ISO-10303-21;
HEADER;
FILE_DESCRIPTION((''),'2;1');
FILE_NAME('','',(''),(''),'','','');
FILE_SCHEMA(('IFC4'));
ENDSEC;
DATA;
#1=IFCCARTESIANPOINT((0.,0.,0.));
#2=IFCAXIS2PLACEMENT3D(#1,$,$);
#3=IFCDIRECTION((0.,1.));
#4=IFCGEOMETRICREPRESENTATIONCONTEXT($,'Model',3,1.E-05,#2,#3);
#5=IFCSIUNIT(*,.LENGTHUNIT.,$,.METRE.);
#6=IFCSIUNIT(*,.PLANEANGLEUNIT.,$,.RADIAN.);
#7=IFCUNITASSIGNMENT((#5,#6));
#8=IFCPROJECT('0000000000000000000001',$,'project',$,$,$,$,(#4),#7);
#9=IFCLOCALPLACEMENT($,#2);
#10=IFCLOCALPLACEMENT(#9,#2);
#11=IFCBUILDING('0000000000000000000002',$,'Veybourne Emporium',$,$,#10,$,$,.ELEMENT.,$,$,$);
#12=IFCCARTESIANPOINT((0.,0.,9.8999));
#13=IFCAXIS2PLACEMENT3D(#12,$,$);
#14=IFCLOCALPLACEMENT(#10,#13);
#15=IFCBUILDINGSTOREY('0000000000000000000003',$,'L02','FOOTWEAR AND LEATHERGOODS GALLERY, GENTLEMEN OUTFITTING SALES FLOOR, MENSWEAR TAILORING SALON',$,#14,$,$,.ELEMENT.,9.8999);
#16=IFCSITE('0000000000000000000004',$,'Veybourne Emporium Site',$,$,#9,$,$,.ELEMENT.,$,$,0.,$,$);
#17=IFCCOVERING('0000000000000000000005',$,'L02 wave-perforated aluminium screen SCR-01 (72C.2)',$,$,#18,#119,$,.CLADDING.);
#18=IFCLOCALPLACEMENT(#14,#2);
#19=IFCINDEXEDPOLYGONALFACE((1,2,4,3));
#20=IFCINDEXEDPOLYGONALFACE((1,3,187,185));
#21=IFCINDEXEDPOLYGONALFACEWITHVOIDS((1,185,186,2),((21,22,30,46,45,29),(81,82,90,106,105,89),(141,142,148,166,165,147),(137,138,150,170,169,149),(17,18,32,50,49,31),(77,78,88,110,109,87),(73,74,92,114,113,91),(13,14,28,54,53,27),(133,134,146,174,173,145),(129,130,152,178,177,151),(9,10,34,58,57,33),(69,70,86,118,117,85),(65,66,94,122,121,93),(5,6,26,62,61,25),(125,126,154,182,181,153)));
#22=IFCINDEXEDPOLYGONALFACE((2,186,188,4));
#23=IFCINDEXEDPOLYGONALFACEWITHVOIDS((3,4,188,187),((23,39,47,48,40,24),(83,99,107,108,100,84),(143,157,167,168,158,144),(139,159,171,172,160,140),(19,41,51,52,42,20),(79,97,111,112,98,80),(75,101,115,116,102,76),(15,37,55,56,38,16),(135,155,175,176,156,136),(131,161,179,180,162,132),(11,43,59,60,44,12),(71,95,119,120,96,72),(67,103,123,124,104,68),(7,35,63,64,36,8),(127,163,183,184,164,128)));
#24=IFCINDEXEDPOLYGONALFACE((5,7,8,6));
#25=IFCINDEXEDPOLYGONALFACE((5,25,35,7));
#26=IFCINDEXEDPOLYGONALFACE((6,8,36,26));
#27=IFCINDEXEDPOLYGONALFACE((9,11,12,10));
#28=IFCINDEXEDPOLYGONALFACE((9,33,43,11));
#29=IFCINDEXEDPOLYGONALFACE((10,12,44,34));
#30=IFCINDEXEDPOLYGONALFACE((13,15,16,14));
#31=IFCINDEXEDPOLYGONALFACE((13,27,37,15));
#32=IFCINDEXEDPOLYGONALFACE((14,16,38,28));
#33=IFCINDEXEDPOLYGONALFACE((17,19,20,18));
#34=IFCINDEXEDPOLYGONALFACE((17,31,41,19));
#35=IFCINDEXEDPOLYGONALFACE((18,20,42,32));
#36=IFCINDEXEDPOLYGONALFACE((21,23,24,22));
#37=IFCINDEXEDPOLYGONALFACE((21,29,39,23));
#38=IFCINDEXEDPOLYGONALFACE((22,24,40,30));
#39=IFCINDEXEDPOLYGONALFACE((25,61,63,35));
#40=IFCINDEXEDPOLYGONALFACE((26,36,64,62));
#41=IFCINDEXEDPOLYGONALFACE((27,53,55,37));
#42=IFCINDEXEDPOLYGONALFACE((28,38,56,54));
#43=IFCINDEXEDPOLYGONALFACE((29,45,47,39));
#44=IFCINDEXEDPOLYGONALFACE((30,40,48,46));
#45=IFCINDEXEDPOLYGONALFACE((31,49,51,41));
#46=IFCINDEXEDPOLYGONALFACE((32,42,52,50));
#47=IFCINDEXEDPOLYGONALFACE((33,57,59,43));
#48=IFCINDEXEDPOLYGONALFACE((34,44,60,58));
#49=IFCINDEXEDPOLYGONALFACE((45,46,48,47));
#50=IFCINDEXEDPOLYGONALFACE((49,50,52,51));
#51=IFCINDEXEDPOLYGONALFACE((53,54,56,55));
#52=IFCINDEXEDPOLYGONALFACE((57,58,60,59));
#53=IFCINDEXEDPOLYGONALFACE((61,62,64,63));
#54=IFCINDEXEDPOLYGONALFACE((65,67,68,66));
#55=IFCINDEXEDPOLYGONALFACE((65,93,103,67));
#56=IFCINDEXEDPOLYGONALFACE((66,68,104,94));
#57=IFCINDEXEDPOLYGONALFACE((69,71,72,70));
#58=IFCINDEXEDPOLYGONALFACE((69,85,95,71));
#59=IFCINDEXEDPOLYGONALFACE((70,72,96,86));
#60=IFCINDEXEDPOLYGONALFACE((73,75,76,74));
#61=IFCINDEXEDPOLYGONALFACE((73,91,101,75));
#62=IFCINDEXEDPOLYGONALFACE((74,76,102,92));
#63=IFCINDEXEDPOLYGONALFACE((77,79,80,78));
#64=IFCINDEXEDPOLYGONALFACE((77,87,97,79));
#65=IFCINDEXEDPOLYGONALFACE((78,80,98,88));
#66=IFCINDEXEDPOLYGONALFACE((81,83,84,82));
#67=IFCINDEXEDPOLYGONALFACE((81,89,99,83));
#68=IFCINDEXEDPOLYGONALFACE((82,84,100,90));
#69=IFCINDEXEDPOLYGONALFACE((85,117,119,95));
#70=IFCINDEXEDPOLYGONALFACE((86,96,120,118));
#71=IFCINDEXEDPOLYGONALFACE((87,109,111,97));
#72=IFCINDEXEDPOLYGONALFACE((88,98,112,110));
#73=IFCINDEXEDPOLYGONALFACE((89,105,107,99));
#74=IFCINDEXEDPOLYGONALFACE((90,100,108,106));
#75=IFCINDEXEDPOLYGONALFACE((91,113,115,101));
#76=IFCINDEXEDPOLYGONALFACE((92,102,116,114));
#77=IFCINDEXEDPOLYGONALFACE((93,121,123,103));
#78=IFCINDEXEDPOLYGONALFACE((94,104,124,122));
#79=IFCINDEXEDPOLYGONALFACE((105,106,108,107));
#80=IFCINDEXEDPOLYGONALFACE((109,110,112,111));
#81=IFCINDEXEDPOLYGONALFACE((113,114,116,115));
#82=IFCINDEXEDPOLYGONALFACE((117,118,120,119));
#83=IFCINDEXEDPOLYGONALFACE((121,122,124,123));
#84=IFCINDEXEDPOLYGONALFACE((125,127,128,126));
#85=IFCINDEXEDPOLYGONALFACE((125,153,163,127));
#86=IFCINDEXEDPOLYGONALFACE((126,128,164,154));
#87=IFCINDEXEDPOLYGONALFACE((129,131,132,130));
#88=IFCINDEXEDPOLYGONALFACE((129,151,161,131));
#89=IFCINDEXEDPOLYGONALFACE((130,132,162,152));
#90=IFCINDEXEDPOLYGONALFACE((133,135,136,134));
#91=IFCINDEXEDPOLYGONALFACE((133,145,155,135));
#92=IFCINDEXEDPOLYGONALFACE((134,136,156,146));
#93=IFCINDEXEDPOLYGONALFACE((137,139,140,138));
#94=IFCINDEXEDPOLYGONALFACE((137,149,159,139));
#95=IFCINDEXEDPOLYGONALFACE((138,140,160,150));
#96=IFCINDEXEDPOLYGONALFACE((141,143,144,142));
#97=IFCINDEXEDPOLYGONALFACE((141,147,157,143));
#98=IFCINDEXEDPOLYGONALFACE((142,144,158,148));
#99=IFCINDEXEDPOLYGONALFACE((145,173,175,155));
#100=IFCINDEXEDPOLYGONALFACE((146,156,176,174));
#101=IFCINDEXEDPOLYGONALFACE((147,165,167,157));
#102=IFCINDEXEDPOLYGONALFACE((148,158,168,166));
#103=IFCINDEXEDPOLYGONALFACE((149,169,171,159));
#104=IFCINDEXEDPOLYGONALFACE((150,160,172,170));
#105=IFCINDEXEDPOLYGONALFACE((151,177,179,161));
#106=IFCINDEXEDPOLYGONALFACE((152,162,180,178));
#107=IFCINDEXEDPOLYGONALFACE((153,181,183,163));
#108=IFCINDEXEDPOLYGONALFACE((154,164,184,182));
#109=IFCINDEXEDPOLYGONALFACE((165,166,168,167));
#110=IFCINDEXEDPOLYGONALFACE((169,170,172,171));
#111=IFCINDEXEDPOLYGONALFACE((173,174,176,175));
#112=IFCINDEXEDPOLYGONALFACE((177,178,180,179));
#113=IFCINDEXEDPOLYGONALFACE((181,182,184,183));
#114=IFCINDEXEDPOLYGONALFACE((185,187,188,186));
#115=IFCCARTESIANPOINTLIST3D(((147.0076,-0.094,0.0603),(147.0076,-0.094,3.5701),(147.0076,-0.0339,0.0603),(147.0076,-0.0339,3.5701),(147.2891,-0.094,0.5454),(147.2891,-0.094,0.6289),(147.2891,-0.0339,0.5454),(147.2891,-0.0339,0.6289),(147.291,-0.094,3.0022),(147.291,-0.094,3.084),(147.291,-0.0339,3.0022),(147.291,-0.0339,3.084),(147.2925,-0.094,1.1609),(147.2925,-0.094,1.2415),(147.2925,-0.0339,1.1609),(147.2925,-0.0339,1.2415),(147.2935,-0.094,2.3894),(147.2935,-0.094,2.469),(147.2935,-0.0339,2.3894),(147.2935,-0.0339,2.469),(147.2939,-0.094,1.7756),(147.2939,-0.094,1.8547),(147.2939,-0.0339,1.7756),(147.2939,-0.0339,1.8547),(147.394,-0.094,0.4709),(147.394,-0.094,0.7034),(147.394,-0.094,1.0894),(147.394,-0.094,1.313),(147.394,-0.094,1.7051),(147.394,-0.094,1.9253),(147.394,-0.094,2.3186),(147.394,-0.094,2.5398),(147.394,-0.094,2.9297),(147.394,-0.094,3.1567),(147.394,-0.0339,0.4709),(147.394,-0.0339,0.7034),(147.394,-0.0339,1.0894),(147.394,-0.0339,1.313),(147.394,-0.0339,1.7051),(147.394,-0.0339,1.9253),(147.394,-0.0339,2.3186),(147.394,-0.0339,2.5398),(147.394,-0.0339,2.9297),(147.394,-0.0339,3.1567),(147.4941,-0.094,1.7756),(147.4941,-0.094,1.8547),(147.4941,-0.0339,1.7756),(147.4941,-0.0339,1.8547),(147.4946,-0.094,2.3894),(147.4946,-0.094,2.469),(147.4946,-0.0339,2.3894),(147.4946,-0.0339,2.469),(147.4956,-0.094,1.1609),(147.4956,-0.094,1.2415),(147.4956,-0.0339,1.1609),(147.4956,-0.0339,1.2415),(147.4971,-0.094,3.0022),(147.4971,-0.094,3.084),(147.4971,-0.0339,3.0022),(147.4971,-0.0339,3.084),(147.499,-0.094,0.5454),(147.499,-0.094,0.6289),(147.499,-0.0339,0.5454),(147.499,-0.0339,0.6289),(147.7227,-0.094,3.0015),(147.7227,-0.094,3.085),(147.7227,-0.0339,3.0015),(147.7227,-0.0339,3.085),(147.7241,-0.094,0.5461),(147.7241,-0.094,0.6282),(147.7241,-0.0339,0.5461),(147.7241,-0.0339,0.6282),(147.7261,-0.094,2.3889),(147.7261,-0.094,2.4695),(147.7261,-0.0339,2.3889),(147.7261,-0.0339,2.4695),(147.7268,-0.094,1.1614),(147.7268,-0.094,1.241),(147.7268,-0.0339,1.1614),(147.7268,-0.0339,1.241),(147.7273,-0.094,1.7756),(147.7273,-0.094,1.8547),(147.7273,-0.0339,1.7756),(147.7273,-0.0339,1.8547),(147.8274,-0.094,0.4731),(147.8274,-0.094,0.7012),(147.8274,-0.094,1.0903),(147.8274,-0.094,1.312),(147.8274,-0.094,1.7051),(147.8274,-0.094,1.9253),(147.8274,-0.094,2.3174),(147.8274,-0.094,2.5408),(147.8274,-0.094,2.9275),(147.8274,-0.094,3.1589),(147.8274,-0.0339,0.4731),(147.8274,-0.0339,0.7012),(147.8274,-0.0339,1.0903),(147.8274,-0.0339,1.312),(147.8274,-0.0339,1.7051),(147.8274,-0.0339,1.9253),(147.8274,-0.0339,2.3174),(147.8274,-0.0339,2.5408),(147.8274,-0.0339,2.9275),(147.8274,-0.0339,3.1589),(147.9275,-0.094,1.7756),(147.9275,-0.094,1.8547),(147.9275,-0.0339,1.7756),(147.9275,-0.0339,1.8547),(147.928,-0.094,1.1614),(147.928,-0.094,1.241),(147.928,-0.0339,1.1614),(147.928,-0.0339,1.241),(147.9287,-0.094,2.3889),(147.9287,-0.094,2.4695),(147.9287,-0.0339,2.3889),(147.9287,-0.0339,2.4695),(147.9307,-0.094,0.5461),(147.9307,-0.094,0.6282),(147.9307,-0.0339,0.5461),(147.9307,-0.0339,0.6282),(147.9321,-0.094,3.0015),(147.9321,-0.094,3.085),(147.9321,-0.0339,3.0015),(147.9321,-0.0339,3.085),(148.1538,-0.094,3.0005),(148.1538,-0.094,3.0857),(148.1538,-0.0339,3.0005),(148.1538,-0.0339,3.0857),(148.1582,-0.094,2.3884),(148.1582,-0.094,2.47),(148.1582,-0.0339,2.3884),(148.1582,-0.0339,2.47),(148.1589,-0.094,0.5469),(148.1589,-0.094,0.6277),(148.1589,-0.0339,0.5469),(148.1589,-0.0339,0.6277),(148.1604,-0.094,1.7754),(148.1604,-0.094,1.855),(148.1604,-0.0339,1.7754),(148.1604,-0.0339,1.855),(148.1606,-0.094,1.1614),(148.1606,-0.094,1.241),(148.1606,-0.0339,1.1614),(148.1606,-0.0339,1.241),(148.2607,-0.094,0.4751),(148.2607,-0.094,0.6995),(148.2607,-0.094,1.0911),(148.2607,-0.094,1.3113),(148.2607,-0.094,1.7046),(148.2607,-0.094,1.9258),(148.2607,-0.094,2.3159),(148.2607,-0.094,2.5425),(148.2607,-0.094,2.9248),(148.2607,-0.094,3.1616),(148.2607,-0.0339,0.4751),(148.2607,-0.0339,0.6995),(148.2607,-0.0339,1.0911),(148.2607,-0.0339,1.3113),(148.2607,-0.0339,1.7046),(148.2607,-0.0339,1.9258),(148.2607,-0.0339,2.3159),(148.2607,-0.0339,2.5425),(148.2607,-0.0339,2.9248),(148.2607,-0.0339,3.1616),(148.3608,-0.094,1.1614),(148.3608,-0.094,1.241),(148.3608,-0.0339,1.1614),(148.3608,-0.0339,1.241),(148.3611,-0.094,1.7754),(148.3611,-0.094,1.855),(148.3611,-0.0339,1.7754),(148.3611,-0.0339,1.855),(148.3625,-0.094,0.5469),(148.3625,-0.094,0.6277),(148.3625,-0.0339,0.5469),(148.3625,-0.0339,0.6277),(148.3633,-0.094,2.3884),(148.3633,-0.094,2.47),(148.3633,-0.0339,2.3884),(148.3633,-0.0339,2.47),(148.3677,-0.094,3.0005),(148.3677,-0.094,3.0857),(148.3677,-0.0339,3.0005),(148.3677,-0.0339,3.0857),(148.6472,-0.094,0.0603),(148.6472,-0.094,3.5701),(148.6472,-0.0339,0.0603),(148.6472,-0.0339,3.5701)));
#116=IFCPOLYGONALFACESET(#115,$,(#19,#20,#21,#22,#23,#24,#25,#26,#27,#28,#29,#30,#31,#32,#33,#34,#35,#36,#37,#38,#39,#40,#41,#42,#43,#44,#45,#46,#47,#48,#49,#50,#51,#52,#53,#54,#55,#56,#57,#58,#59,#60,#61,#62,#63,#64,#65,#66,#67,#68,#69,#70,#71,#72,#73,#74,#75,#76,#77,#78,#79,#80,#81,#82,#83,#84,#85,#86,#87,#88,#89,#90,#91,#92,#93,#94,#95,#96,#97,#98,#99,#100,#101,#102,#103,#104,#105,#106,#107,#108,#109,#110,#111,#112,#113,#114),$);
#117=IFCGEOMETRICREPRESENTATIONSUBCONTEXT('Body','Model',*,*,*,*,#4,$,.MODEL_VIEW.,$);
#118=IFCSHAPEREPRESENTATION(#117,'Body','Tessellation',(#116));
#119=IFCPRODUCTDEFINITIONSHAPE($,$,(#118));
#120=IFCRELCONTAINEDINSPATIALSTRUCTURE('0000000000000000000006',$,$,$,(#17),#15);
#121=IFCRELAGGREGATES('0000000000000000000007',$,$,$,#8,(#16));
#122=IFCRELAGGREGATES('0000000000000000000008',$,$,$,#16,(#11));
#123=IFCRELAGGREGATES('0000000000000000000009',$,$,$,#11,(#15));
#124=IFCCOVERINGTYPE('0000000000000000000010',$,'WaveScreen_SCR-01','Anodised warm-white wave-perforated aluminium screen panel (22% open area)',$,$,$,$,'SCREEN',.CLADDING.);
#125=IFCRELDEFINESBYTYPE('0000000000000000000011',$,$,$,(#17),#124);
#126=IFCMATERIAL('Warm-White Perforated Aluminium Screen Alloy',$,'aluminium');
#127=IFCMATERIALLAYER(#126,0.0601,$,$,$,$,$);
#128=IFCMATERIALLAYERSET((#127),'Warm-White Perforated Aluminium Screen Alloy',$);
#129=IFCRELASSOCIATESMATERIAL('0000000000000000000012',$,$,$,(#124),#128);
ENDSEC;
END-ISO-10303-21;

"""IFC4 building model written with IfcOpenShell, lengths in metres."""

from ifc_helpers import new_model, si_unit, direction, frame, origin, place, context, subcontext, project, spatial, polyline, outline, extrude, material, layer, layer_set, type_object, element, save


model = new_model("IFC4")

# Units and contexts
model_context = context("Model", 3, precision=1e-05, world=origin(), true_north=direction((0.0, 1.0)))
body_context = subcontext(model_context, "Body", "Model", "MODEL_VIEW")
ifc_project = project(units=[si_unit("LENGTHUNIT", "METRE"), si_unit("PLANEANGLEUNIT", "RADIAN")], contexts=[model_context])

# Site, building, storey
site_placement = place(None, origin())
site = spatial("IfcSite", under=ifc_project, at=site_placement, Name="Veybourne Emporium Site", CompositionType="ELEMENT", RefElevation=0.0)
building_placement = place(site_placement, origin())
building = spatial("IfcBuilding", under=site, at=building_placement, Name="Veybourne Emporium", CompositionType="ELEMENT")
storey_placement = place(building_placement, frame((0.0, 0.0, 9.8999)))
storey = spatial("IfcBuildingStorey", under=building, at=storey_placement, Name="L02", Description="FOOTWEAR AND LEATHERGOODS GALLERY, GENTLEMEN OUTFITTING SALES FLOOR, MENSWEAR TAILORING SALON", CompositionType="ELEMENT", Elevation=9.8999)

# Covering
ifc_material_1 = material(Name="Warm-White Perforated Aluminium Screen Alloy", Category="aluminium")
ifc_layer_1 = layer(ifc_material_1, 0.0601)
ifc_layer_set_1 = layer_set([ifc_layer_1], Name="Warm-White Perforated Aluminium Screen Alloy")
covering_type_1 = type_object("IfcCoveringType", Name="WaveScreen_SCR-01", Description="Anodised warm-white wave-perforated aluminium screen panel (22% open area)", ElementType="SCREEN", PredefinedType="CLADDING", material=ifc_layer_set_1)
covering_1_placement = place(storey_placement, frame((147.8274, -0.094, 1.8152), z_axis=(0.0, 1.0, 0.0), x_axis=(-1.0, 0.0, 0.0)))
element("IfcCovering", 1, at=covering_1_placement, inside=storey, type_object=covering_type_1, Name="L02 wave-perforated aluminium screen SCR-01 (72C.2)", PredefinedType="CLADDING", context=body_context, shape_type="SweptSolid", body=[
    extrude(outline(polyline([(-0.8198, -1.7549), (0.8198, -1.7549), (0.8198, 1.7549), (-0.8198, 1.7549), (-0.8198, -1.7549)]), holes=[polyline([(-0.4333, -1.1157), (-0.3315, -1.1875), (-0.3315, -1.2683), (-0.4333, -1.3401), (-0.5352, -1.2683), (-0.5352, -1.1875), (-0.4333, -1.1157)]), polyline([(-0.4333, -0.5039), (-0.3333, -0.5742), (-0.3333, -0.6538), (-0.4333, -0.7241), (-0.5334, -0.6538), (-0.5334, -0.5742), (-0.4333, -0.5039)]), polyline([(-0.4333, 0.1106), (-0.333, 0.0398), (-0.333, -0.0398), (-0.4333, -0.1106), (-0.5337, -0.0398), (-0.5337, 0.0398), (-0.4333, 0.1106)]), polyline([(-0.4333, 0.7273), (-0.3308, 0.6548), (-0.3308, 0.5732), (-0.4333, 0.5007), (-0.5359, 0.5732), (-0.5359, 0.6548), (-0.4333, 0.7273)]), polyline([(-0.4333, 1.3464), (-0.3264, 1.2705), (-0.3264, 1.1853), (-0.4333, 1.1096), (-0.5403, 1.1853), (-0.5403, 1.2705), (-0.4333, 1.3464)]), polyline([(0.0, -1.114), (0.1033, -1.187), (0.1033, -1.269), (0.0, -1.342), (-0.1033, -1.269), (-0.1033, -1.187), (0.0, -1.114)]), polyline([(0.0, -0.5032), (0.1006, -0.5742), (0.1006, -0.6538), (0.0, -0.7249), (-0.1006, -0.6538), (-0.1006, -0.5742), (0.0, -0.5032)]), polyline([(0.0, 0.1101), (0.1001, 0.0396), (0.1001, -0.0396), (0.0, -0.1101), (-0.1001, -0.0396), (-0.1001, 0.0396), (0.0, 0.1101)]), polyline([(0.0, 0.7256), (0.1013, 0.6543), (0.1013, 0.5737), (0.0, 0.5022), (-0.1013, 0.5737), (-0.1013, 0.6543), (0.0, 0.7256)]), polyline([(0.0, 1.3438), (0.1047, 1.2698), (0.1047, 1.1863), (0.0, 1.1123), (-0.1047, 1.1863), (-0.1047, 1.2698), (0.0, 1.3438)]), polyline([(0.4333, -1.1118), (0.5383, -1.1863), (0.5383, -1.2698), (0.4333, -1.3442), (0.3284, -1.2698), (0.3284, -1.1863), (0.4333, -1.1118)]), polyline([(0.4333, -0.5022), (0.5349, -0.5737), (0.5349, -0.6543), (0.4333, -0.7258), (0.3318, -0.6543), (0.3318, -0.5737), (0.4333, -0.5022)]), polyline([(0.4333, 0.1101), (0.5334, 0.0396), (0.5334, -0.0396), (0.4333, -0.1101), (0.3333, -0.0396), (0.3333, 0.0396), (0.4333, 0.1101)]), polyline([(0.4333, 0.7246), (0.5339, 0.6538), (0.5339, 0.5742), (0.4333, 0.5034), (0.3328, 0.5742), (0.3328, 0.6538), (0.4333, 0.7246)]), polyline([(0.4333, 1.3416), (0.5364, 1.2688), (0.5364, 1.187), (0.4333, 1.1145), (0.3303, 1.187), (0.3303, 1.2688), (0.4333, 1.3416)])]), origin(), (0.0, 0.0, 1.0), 0.0601),
])

save(model, "model.ifc")
